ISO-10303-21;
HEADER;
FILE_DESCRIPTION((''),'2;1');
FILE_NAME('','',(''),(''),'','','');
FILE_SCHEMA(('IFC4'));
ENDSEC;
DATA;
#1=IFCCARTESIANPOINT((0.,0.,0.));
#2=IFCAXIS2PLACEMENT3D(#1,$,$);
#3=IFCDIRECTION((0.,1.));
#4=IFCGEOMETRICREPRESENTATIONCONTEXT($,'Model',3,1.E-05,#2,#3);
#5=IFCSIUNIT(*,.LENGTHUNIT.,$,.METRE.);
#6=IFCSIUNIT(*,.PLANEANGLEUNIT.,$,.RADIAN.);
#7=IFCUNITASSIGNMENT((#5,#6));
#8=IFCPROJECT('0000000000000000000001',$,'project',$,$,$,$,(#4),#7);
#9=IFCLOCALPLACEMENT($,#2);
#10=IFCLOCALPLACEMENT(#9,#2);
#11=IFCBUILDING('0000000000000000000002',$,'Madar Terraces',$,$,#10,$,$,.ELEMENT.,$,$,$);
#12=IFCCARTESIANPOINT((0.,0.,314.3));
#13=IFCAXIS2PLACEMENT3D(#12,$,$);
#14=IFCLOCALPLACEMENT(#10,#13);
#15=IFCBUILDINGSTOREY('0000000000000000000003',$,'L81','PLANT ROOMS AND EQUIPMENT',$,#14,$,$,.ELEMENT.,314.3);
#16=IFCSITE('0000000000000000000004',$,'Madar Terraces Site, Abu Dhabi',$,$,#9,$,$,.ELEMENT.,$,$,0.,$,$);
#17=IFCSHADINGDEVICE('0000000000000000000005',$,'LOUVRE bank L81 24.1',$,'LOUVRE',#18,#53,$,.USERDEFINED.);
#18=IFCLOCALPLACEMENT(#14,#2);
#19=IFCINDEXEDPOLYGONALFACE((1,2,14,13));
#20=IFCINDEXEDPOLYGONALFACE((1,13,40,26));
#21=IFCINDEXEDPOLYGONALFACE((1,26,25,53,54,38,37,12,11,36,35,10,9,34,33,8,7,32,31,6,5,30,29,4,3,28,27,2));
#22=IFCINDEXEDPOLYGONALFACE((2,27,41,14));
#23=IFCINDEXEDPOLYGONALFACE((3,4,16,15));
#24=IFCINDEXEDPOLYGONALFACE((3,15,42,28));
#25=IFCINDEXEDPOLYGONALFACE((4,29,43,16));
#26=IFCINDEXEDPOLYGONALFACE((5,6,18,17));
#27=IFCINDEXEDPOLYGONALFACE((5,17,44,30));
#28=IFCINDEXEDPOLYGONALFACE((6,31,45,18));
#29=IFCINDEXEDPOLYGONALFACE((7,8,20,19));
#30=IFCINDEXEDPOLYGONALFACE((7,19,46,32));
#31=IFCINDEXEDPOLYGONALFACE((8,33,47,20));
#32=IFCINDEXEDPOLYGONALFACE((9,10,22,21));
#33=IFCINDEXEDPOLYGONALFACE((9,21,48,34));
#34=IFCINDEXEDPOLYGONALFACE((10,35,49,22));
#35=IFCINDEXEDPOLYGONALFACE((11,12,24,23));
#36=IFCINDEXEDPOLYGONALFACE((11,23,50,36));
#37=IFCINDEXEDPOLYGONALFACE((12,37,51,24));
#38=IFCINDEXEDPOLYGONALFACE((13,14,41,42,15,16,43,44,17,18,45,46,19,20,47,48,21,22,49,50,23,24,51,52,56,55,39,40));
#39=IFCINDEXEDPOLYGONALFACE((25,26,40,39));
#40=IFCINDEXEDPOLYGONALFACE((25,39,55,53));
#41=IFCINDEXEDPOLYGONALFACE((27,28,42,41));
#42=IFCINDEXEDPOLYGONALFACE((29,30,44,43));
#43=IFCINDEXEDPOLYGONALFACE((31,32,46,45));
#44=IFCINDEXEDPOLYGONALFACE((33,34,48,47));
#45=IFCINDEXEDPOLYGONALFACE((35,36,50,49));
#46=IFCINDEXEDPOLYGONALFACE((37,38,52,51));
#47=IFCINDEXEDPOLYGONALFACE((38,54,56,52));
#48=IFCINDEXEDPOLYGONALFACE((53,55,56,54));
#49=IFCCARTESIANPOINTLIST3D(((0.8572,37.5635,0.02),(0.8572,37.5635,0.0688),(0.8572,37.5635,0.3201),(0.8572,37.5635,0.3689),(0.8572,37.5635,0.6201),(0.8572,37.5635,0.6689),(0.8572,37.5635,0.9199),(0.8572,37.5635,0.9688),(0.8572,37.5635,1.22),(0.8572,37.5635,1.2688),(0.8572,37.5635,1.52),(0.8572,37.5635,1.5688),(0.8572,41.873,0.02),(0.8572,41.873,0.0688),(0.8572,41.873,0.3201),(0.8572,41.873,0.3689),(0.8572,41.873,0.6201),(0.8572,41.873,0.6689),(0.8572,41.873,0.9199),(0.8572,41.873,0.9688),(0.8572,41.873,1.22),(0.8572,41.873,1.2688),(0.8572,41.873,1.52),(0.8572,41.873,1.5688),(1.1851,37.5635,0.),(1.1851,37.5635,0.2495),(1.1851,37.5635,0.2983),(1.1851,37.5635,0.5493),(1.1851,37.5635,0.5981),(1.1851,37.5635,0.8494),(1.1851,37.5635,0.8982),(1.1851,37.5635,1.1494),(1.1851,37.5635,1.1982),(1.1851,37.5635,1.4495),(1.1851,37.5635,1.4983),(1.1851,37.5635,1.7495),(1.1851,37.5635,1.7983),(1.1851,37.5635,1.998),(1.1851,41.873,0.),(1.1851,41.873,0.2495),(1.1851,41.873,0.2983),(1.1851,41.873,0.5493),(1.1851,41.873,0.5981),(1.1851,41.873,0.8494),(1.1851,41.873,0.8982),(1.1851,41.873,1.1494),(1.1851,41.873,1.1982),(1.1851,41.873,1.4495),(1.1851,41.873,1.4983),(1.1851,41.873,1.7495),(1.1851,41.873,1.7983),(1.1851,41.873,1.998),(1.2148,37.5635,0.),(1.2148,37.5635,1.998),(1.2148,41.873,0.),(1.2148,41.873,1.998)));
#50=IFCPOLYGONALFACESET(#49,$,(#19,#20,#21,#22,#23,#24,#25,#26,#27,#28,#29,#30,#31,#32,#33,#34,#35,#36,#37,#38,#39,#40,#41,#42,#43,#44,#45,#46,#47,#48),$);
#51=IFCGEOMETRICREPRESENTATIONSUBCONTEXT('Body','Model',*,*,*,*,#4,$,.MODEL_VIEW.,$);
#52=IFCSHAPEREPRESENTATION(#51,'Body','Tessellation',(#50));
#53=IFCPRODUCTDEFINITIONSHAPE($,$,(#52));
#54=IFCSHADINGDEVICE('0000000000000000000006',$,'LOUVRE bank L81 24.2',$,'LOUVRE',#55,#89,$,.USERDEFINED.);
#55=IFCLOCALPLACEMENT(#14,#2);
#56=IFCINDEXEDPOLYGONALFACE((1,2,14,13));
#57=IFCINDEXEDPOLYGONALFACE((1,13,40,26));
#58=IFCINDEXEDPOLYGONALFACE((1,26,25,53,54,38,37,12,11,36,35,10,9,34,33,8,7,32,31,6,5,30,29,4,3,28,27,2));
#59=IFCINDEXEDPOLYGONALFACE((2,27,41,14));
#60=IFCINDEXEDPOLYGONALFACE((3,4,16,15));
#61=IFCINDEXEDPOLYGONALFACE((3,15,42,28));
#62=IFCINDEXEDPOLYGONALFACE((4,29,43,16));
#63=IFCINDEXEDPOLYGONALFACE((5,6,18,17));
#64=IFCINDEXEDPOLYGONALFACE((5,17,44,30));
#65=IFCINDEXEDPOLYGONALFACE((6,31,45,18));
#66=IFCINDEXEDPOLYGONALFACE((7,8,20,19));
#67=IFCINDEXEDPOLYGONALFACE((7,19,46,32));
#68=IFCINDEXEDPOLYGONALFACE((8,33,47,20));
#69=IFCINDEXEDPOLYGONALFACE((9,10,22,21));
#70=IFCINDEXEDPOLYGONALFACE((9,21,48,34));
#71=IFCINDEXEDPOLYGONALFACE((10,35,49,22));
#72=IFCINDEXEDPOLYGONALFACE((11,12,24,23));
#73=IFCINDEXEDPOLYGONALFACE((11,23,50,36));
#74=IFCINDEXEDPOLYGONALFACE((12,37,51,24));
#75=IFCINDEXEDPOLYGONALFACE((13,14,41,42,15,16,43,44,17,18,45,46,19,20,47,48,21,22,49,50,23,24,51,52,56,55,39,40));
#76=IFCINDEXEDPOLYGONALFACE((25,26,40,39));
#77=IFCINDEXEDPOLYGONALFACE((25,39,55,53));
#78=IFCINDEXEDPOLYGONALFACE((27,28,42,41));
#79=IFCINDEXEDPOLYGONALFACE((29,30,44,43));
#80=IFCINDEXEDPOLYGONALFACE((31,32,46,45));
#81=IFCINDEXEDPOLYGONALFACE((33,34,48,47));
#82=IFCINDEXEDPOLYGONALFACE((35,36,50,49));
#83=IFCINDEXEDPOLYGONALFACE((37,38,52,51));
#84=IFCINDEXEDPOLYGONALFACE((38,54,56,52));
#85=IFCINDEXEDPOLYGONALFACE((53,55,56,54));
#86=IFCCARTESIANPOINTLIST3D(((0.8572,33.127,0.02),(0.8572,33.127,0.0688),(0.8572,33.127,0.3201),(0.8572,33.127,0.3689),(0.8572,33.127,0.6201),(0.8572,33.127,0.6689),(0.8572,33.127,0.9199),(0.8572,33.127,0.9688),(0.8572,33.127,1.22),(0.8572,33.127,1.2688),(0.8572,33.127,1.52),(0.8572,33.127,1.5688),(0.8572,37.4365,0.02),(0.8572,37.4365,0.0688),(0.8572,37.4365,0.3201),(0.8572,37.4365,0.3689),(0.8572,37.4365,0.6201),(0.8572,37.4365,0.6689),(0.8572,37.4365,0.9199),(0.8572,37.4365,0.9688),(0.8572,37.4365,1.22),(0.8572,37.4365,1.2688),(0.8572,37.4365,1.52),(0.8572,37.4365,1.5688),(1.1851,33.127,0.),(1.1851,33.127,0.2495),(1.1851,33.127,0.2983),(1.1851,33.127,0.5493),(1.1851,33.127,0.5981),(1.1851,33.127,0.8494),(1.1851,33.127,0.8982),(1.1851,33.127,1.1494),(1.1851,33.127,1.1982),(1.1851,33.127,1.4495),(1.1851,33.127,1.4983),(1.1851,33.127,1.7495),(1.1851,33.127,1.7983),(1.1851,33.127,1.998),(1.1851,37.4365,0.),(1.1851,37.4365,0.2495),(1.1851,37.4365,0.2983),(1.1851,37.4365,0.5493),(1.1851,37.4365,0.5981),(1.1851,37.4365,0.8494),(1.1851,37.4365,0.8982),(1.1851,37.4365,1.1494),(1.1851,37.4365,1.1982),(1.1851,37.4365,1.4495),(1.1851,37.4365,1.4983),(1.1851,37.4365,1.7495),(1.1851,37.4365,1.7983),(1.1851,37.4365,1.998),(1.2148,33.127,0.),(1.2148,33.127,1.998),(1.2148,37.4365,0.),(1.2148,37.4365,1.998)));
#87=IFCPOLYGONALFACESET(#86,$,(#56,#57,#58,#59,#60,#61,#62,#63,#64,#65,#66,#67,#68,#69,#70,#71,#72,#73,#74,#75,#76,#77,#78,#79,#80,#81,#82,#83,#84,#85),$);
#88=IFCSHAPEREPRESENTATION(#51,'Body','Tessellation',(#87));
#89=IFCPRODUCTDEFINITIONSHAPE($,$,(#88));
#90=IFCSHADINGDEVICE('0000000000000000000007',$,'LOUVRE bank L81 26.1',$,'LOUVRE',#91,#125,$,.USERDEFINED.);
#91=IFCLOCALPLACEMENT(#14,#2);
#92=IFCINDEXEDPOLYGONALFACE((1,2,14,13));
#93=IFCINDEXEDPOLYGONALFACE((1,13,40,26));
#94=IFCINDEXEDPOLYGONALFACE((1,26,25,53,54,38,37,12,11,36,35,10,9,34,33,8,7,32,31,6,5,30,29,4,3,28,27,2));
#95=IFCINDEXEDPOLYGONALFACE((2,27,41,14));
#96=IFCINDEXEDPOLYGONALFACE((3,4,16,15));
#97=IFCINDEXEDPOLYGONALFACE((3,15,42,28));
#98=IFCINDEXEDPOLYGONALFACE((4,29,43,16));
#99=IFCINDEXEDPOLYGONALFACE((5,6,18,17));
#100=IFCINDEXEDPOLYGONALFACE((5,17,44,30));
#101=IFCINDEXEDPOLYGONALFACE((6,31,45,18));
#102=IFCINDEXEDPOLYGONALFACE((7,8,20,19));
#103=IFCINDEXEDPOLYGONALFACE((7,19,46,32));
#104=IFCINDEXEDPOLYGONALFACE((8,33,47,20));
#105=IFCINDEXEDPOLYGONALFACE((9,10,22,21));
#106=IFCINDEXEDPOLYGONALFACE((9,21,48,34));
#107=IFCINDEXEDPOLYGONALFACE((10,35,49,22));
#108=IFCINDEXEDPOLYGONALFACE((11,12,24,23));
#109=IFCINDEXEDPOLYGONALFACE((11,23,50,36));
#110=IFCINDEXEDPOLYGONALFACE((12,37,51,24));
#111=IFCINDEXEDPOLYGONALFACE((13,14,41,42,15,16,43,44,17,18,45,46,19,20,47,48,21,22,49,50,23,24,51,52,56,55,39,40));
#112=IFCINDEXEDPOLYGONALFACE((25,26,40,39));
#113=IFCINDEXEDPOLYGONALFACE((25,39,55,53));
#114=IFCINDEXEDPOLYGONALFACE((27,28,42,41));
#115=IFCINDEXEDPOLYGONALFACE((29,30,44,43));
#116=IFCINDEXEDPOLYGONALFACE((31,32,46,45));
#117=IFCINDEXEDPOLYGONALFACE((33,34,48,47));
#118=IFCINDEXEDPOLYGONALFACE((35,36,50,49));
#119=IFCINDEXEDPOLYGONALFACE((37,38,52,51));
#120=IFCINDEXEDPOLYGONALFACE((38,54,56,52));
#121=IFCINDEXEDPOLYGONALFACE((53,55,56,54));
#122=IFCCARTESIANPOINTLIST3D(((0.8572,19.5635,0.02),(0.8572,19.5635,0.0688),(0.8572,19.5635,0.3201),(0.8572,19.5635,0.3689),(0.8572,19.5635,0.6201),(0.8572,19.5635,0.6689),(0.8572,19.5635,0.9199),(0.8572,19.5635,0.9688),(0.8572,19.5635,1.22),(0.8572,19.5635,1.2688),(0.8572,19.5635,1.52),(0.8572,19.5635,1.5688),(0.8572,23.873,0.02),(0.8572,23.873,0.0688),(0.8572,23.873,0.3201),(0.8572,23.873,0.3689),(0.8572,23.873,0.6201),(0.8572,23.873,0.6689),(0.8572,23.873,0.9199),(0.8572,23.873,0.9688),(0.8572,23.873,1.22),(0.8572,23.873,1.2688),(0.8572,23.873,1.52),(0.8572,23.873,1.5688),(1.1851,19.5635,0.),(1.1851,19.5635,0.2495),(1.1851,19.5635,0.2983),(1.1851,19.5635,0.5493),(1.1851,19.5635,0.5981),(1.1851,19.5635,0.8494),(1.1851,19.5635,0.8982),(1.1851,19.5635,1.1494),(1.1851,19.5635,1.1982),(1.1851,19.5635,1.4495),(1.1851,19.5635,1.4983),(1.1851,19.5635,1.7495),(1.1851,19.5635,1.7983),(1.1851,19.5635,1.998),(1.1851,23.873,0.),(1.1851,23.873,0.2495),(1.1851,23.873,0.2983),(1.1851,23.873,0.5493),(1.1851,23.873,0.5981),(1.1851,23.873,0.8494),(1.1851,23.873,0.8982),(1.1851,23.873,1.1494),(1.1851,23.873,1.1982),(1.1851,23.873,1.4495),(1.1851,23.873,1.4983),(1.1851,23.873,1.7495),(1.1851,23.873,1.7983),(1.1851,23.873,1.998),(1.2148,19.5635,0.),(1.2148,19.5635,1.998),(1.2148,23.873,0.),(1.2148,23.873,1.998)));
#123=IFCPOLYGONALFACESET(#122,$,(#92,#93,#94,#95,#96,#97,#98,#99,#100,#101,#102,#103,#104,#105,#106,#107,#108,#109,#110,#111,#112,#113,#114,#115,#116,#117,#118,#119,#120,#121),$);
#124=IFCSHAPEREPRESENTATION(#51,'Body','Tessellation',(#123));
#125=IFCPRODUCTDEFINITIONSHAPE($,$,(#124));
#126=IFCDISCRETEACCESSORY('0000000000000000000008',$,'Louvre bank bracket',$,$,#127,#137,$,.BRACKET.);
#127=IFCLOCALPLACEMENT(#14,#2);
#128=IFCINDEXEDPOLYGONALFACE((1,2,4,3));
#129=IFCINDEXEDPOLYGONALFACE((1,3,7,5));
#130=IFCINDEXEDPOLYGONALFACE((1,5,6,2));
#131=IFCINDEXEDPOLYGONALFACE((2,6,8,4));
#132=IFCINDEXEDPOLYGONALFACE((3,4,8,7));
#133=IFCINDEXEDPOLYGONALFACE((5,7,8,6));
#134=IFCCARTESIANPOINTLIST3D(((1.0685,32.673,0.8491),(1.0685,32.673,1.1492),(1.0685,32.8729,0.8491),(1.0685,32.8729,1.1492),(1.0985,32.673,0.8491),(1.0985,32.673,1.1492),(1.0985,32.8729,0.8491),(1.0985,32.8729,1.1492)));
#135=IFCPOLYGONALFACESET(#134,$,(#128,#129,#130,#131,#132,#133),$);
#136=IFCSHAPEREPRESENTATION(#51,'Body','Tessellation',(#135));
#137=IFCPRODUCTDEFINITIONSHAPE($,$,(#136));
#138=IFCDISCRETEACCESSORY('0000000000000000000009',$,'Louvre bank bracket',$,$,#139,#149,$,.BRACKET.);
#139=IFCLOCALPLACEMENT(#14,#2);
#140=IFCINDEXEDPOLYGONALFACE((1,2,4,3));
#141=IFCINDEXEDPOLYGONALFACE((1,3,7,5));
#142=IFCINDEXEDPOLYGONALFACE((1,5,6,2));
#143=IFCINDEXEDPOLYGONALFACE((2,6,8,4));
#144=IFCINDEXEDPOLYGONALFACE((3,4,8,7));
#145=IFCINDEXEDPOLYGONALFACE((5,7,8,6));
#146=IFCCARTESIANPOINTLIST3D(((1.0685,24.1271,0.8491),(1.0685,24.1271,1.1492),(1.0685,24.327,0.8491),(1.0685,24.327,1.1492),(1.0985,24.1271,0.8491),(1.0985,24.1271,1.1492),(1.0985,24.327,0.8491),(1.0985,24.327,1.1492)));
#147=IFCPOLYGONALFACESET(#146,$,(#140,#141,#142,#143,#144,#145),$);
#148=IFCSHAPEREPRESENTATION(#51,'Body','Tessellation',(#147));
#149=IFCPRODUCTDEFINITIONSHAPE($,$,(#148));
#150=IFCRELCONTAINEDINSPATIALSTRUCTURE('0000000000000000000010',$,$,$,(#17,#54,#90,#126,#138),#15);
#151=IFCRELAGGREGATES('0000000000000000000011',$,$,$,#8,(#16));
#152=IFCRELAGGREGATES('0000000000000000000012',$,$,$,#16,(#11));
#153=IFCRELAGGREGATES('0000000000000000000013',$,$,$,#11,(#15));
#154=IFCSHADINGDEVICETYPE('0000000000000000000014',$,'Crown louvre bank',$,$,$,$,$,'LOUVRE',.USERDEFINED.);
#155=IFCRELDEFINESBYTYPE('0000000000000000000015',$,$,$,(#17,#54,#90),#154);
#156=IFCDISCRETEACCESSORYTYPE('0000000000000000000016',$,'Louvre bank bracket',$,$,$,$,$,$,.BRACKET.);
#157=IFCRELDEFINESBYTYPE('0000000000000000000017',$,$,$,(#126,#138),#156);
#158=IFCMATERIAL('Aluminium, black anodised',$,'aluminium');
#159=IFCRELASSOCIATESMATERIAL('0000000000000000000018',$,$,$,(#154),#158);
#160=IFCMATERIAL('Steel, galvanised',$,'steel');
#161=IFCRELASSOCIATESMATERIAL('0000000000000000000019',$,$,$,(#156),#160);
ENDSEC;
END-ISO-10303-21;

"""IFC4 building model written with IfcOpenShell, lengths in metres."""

from ifc_helpers import new_model, si_unit, direction, frame, origin, origin_2d, place, context, subcontext, project, spatial, polyline, rectangle, outline, extrude, material, type_object, element, save


model = new_model("IFC4")

# Units and contexts
model_context = context("Model", 3, precision=1e-05, world=origin(), true_north=direction((0.0, 1.0)))
body_context = subcontext(model_context, "Body", "Model", "MODEL_VIEW")
ifc_project = project(units=[si_unit("LENGTHUNIT", "METRE"), si_unit("PLANEANGLEUNIT", "RADIAN")], contexts=[model_context])

# Site, building, storey
site_placement = place(None, origin())
site = spatial("IfcSite", under=ifc_project, at=site_placement, Name="Madar Terraces Site, Abu Dhabi", CompositionType="ELEMENT", RefElevation=0.0)
building_placement = place(site_placement, origin())
building = spatial("IfcBuilding", under=site, at=building_placement, Name="Madar Terraces", CompositionType="ELEMENT")
storey_placement = place(building_placement, frame((0.0, 0.0, 314.3)))
storey = spatial("IfcBuildingStorey", under=building, at=storey_placement, Name="L81", Description="PLANT ROOMS AND EQUIPMENT", CompositionType="ELEMENT", Elevation=314.3)

# Shading devices
ifc_material_1 = material(Name="Aluminium, black anodised", Category="aluminium")
shading_device_type = type_object("IfcShadingDeviceType", Name="Crown louvre bank", ElementType="LOUVRE", PredefinedType="USERDEFINED", material=ifc_material_1)
for number, where, z_axis, x_axis, name in (
    (1, (1.2, 41.873, 0.0), (0.0, -1.0, 0.0), (1.0, 0.0, 0.0), "LOUVRE bank L81 24.1"),
    (2, (1.2, 37.4365, 0.0), (0.0, -1.0, 0.0), (1.0, 0.0, 0.0), "LOUVRE bank L81 24.2"),
):
    element("IfcShadingDevice", number, at=place(storey_placement, frame(where, z_axis=z_axis, x_axis=x_axis)), inside=storey, type_object=shading_device_type, Name=name, ObjectType="LOUVRE", PredefinedType="USERDEFINED", context=body_context, shape_type="SweptSolid", body=[
        extrude(outline(polyline([(0.0149, 0.0), (-0.0149, 0.0), (-0.0149, 0.2495), (-0.3428, 0.02), (-0.3428, 0.0688), (-0.0149, 0.2983), (-0.0149, 0.5493), (-0.3428, 0.3201), (-0.3428, 0.3689), (-0.0149, 0.5981), (-0.0149, 0.8494), (-0.3428, 0.6201), (-0.3428, 0.6689), (-0.0149, 0.8982), (-0.0149, 1.1494), (-0.3428, 0.9199), (-0.3428, 0.9688), (-0.0149, 1.1982), (-0.0149, 1.4495), (-0.3428, 1.22), (-0.3428, 1.2688), (-0.0149, 1.4983), (-0.0149, 1.7495), (-0.3428, 1.52), (-0.3428, 1.5688), (-0.0149, 1.7983), (-0.0149, 1.998), (0.0149, 1.998), (0.0149, 0.0)])), origin(), (0.0, 0.0, 1.0), 4.3096),
    ])
shading_device_1_placement = place(storey_placement, frame((1.2, 23.873, 0.0), z_axis=(0.0, -1.0, 0.0), x_axis=(1.0, 0.0, 0.0)))
element("IfcShadingDevice", 3, at=shading_device_1_placement, inside=storey, type_object=shading_device_type, Name="LOUVRE bank L81 26.1", ObjectType="LOUVRE", PredefinedType="USERDEFINED", context=body_context, shape_type="SweptSolid", body=[
    extrude(outline(polyline([(0.0149, 0.0), (-0.0149, 0.0), (-0.0149, 0.2495), (-0.3428, 0.02), (-0.3428, 0.0688), (-0.0149, 0.2983), (-0.0149, 0.5493), (-0.3428, 0.3201), (-0.3428, 0.3689), (-0.0149, 0.5981), (-0.0149, 0.8494), (-0.3428, 0.6201), (-0.3428, 0.6689), (-0.0149, 0.8982), (-0.0149, 1.1494), (-0.3428, 0.9199), (-0.3428, 0.9688), (-0.0149, 1.1982), (-0.0149, 1.4495), (-0.3428, 1.22), (-0.3428, 1.2688), (-0.0149, 1.4983), (-0.0149, 1.7495), (-0.3428, 1.52), (-0.3428, 1.5688), (-0.0149, 1.7983), (-0.0149, 1.998), (0.0149, 1.998), (0.0149, 0.0)])), origin(), (0.0, 0.0, 1.0), 4.3096),
])

# Discrete accessories
ifc_material_2 = material(Name="Steel, galvanised", Category="steel")
discrete_accessory_type = type_object("IfcDiscreteAccessoryType", Name="Louvre bank bracket", PredefinedType="BRACKET", material=ifc_material_2)
for number, where, z_axis, x_axis, name in (
    (4, (1.0835, 32.7729, 0.8491), (0.0, 0.0, 1.0), (0.0, -1.0, 0.0), "Louvre bank bracket"),
    (5, (1.0835, 24.2271, 0.8491), (0.0, 0.0, 1.0), (0.0, -1.0, 0.0), "Louvre bank bracket"),
):
    element("IfcDiscreteAccessory", number, at=place(storey_placement, frame(where, z_axis=z_axis, x_axis=x_axis)), inside=storey, type_object=discrete_accessory_type, Name=name, PredefinedType="BRACKET", context=body_context, shape_type="SweptSolid", body=[
        extrude(rectangle(XDim=0.2, YDim=0.03, at=origin_2d()), origin(), (0.0, 0.0, 1.0), 0.3),
    ])

save(model, "model.ifc")
